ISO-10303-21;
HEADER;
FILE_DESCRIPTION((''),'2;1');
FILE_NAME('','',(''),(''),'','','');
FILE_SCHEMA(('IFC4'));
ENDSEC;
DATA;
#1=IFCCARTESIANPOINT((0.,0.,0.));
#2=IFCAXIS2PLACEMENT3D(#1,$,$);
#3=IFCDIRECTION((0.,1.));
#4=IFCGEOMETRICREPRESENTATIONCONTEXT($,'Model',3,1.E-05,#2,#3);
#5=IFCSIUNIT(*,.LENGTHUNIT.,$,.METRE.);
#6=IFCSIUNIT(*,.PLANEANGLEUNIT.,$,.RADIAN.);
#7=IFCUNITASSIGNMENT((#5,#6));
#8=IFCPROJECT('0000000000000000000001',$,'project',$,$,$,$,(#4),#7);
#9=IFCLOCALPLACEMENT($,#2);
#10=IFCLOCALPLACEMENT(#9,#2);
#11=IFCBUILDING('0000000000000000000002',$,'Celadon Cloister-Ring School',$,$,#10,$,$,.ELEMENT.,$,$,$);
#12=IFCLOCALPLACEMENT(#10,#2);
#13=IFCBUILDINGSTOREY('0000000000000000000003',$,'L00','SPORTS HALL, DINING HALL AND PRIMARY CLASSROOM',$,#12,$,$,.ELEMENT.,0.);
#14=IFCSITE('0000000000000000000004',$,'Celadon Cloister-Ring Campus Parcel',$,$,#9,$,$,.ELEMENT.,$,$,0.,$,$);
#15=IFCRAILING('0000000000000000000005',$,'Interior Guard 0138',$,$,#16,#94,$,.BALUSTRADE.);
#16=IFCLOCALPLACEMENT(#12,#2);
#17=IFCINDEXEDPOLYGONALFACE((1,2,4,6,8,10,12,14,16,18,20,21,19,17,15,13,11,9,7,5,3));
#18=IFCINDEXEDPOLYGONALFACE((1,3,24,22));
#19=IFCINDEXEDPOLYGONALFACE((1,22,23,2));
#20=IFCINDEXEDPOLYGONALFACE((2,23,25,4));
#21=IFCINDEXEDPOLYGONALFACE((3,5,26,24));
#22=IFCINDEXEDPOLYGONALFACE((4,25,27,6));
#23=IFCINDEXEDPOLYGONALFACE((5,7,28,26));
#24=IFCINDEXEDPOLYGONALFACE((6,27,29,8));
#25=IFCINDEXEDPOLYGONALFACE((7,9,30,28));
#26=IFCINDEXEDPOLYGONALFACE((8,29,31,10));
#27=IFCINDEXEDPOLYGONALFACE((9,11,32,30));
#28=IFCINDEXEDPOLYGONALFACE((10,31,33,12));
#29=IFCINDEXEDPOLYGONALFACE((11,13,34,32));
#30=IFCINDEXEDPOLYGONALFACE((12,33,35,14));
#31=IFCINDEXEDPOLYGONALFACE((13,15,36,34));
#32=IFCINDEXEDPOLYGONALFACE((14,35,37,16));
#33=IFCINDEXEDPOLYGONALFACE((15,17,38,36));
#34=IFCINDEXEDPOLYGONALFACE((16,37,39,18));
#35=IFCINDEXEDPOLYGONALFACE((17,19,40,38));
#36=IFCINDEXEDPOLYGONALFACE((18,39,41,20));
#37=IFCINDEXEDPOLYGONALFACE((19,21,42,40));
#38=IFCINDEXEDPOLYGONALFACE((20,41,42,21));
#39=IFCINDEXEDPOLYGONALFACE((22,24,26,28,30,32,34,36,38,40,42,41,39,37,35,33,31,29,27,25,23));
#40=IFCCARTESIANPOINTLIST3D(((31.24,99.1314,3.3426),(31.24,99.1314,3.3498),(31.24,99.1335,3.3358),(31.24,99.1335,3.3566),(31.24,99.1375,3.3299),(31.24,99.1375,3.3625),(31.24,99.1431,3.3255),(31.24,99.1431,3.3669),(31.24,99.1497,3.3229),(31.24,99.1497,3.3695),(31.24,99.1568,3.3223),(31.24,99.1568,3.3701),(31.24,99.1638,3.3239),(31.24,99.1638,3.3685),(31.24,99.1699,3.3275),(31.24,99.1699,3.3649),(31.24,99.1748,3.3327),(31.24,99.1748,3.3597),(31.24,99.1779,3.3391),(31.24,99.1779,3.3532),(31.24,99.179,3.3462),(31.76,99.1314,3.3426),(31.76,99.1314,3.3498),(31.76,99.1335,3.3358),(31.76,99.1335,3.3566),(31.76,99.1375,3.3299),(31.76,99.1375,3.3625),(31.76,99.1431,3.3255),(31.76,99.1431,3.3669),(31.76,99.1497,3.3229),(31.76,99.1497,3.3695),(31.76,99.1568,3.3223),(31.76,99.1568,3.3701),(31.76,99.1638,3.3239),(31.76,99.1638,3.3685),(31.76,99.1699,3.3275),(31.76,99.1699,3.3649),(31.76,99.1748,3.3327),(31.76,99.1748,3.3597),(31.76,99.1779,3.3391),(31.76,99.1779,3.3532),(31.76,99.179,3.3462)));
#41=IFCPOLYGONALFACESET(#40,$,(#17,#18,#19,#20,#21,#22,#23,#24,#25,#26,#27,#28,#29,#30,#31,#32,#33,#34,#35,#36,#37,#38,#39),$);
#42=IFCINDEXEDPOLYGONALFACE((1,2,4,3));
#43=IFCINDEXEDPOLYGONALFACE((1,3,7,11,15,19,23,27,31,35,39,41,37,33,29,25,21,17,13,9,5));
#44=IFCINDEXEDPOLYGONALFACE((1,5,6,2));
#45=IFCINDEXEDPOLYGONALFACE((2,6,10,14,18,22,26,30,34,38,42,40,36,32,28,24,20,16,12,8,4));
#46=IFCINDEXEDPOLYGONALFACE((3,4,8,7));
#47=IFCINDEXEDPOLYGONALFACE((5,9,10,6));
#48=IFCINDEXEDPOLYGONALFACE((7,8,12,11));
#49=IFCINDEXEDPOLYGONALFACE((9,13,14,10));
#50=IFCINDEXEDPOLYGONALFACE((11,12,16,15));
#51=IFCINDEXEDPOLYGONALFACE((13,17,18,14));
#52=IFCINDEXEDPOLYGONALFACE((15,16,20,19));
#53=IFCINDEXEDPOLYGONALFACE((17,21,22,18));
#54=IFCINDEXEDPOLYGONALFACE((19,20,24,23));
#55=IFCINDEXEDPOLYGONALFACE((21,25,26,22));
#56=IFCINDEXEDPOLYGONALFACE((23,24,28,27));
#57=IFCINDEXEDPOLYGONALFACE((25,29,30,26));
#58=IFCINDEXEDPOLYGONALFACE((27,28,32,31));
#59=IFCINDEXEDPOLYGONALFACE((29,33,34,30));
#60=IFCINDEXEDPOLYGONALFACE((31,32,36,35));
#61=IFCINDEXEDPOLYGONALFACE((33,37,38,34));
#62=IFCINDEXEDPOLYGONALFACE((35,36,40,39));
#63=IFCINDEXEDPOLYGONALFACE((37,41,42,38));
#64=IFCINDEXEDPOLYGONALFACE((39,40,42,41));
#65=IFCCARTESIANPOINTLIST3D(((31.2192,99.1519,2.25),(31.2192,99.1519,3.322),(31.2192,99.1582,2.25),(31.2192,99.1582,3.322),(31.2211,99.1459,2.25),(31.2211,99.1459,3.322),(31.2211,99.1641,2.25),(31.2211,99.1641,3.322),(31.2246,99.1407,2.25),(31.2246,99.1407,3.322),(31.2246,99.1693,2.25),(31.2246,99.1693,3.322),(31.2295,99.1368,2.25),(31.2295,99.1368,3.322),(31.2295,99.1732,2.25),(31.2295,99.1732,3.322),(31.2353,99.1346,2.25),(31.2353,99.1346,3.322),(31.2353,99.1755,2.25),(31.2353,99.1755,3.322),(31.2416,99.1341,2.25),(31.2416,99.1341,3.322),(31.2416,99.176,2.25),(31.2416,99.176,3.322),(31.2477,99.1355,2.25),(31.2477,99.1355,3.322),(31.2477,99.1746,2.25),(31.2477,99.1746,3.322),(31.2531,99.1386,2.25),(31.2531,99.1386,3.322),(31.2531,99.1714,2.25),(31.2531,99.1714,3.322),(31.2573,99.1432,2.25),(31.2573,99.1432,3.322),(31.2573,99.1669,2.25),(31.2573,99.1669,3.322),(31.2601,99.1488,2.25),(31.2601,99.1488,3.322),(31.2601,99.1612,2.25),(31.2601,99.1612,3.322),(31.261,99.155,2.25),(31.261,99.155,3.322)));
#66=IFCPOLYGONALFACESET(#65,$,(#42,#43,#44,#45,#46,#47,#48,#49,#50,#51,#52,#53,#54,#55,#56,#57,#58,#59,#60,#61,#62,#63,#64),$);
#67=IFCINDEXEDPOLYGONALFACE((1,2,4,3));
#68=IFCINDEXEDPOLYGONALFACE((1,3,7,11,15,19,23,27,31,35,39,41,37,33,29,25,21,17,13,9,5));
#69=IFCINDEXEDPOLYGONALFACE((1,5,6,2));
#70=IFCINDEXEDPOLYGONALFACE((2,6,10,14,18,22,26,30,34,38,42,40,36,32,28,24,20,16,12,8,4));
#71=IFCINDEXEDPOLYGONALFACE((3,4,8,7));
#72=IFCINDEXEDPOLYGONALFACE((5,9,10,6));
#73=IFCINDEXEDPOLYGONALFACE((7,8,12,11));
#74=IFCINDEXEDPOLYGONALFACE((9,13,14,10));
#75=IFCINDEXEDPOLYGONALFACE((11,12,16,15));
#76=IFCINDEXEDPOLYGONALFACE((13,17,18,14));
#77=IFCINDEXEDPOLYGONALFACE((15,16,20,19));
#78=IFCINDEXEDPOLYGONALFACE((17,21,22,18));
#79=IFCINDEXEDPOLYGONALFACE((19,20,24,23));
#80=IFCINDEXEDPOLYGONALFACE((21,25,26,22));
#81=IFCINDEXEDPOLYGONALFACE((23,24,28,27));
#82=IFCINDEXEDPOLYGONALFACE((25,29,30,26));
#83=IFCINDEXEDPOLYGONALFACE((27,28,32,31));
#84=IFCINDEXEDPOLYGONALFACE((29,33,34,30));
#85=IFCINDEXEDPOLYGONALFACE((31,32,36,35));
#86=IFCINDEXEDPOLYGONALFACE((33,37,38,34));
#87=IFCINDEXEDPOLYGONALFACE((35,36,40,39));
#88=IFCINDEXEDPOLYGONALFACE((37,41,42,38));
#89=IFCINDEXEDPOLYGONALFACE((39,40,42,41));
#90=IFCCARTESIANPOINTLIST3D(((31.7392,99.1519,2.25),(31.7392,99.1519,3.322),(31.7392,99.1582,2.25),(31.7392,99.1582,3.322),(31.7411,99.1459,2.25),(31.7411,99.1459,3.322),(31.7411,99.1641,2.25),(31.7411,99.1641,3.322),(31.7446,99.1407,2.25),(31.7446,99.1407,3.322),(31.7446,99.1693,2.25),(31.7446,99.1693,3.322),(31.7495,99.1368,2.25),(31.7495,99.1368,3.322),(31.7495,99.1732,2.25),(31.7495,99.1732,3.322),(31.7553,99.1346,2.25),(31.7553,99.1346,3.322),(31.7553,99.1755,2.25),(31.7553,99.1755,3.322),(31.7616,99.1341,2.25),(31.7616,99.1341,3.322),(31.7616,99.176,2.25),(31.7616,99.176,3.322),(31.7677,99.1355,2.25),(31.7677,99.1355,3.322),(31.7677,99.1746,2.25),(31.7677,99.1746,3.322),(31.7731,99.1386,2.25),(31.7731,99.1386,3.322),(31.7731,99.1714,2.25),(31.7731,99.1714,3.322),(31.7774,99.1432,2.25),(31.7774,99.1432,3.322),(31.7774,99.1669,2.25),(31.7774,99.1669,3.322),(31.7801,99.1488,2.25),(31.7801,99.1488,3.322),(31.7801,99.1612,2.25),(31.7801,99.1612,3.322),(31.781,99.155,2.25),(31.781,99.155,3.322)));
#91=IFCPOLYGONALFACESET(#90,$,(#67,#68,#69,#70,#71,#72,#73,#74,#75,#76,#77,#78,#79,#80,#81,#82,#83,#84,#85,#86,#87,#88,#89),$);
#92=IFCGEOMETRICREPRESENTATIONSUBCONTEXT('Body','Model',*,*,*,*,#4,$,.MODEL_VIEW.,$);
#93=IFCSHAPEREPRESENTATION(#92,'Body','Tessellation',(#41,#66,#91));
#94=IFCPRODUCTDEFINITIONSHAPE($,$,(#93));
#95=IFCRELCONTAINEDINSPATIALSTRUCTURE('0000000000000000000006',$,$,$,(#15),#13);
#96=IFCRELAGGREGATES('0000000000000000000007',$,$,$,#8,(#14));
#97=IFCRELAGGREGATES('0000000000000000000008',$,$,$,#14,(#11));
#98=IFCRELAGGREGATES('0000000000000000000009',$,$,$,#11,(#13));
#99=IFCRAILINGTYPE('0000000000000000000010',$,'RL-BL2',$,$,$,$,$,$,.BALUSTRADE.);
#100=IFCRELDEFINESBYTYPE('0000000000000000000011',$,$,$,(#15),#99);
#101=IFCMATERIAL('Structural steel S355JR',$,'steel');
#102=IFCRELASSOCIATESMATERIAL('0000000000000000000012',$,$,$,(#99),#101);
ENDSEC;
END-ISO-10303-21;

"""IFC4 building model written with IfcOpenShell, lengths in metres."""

from ifc_helpers import new_model, si_unit, direction, frame, origin, origin_2d, place, context, subcontext, project, spatial, circle, extrude, material, type_object, element, save


model = new_model("IFC4")

# Units and contexts
model_context = context("Model", 3, precision=1e-05, world=origin(), true_north=direction((0.0, 1.0)))
body_context = subcontext(model_context, "Body", "Model", "MODEL_VIEW")
ifc_project = project(units=[si_unit("LENGTHUNIT", "METRE"), si_unit("PLANEANGLEUNIT", "RADIAN")], contexts=[model_context])

# Site, building, storey
site_placement = place(None, origin())
site = spatial("IfcSite", under=ifc_project, at=site_placement, Name="Celadon Cloister-Ring Campus Parcel", CompositionType="ELEMENT", RefElevation=0.0)
building_placement = place(site_placement, origin())
building = spatial("IfcBuilding", under=site, at=building_placement, Name="Celadon Cloister-Ring School", CompositionType="ELEMENT")
storey_placement = place(building_placement, origin())
storey = spatial("IfcBuildingStorey", under=building, at=storey_placement, Name="L00", Description="SPORTS HALL, DINING HALL AND PRIMARY CLASSROOM", CompositionType="ELEMENT", Elevation=0.0)

# Railing
ifc_material_1 = material(Name="Structural steel S355JR", Category="steel")
railing_type_1 = type_object("IfcRailingType", Name="RL-BL2", PredefinedType="BALUSTRADE", material=ifc_material_1)
railing_placement = place(storey_placement, frame((31.24, 99.155, 2.25)))
element("IfcRailing", 1, at=railing_placement, inside=storey, type_object=railing_type_1, Name="Interior Guard 0138", PredefinedType="BALUSTRADE", context=body_context, shape_type="SweptSolid", body=[
    extrude(circle(Radius=0.0239, at=origin_2d()), frame((0.0, 0.0, 1.0962), z_axis=(1.0, 0.0, 0.0), x_axis=(0.0, 1.0, 0.0)), (0.0, 0.0, 1.0), 0.52),
    extrude(circle(Radius=0.021, at=origin_2d()), origin(), (0.0, 0.0, 1.0), 1.072),
    extrude(circle(Radius=0.021, at=origin_2d()), frame((0.52, 0.0, 0.0)), (0.0, 0.0, 1.0), 1.072),
])

save(model, "model.ifc")
